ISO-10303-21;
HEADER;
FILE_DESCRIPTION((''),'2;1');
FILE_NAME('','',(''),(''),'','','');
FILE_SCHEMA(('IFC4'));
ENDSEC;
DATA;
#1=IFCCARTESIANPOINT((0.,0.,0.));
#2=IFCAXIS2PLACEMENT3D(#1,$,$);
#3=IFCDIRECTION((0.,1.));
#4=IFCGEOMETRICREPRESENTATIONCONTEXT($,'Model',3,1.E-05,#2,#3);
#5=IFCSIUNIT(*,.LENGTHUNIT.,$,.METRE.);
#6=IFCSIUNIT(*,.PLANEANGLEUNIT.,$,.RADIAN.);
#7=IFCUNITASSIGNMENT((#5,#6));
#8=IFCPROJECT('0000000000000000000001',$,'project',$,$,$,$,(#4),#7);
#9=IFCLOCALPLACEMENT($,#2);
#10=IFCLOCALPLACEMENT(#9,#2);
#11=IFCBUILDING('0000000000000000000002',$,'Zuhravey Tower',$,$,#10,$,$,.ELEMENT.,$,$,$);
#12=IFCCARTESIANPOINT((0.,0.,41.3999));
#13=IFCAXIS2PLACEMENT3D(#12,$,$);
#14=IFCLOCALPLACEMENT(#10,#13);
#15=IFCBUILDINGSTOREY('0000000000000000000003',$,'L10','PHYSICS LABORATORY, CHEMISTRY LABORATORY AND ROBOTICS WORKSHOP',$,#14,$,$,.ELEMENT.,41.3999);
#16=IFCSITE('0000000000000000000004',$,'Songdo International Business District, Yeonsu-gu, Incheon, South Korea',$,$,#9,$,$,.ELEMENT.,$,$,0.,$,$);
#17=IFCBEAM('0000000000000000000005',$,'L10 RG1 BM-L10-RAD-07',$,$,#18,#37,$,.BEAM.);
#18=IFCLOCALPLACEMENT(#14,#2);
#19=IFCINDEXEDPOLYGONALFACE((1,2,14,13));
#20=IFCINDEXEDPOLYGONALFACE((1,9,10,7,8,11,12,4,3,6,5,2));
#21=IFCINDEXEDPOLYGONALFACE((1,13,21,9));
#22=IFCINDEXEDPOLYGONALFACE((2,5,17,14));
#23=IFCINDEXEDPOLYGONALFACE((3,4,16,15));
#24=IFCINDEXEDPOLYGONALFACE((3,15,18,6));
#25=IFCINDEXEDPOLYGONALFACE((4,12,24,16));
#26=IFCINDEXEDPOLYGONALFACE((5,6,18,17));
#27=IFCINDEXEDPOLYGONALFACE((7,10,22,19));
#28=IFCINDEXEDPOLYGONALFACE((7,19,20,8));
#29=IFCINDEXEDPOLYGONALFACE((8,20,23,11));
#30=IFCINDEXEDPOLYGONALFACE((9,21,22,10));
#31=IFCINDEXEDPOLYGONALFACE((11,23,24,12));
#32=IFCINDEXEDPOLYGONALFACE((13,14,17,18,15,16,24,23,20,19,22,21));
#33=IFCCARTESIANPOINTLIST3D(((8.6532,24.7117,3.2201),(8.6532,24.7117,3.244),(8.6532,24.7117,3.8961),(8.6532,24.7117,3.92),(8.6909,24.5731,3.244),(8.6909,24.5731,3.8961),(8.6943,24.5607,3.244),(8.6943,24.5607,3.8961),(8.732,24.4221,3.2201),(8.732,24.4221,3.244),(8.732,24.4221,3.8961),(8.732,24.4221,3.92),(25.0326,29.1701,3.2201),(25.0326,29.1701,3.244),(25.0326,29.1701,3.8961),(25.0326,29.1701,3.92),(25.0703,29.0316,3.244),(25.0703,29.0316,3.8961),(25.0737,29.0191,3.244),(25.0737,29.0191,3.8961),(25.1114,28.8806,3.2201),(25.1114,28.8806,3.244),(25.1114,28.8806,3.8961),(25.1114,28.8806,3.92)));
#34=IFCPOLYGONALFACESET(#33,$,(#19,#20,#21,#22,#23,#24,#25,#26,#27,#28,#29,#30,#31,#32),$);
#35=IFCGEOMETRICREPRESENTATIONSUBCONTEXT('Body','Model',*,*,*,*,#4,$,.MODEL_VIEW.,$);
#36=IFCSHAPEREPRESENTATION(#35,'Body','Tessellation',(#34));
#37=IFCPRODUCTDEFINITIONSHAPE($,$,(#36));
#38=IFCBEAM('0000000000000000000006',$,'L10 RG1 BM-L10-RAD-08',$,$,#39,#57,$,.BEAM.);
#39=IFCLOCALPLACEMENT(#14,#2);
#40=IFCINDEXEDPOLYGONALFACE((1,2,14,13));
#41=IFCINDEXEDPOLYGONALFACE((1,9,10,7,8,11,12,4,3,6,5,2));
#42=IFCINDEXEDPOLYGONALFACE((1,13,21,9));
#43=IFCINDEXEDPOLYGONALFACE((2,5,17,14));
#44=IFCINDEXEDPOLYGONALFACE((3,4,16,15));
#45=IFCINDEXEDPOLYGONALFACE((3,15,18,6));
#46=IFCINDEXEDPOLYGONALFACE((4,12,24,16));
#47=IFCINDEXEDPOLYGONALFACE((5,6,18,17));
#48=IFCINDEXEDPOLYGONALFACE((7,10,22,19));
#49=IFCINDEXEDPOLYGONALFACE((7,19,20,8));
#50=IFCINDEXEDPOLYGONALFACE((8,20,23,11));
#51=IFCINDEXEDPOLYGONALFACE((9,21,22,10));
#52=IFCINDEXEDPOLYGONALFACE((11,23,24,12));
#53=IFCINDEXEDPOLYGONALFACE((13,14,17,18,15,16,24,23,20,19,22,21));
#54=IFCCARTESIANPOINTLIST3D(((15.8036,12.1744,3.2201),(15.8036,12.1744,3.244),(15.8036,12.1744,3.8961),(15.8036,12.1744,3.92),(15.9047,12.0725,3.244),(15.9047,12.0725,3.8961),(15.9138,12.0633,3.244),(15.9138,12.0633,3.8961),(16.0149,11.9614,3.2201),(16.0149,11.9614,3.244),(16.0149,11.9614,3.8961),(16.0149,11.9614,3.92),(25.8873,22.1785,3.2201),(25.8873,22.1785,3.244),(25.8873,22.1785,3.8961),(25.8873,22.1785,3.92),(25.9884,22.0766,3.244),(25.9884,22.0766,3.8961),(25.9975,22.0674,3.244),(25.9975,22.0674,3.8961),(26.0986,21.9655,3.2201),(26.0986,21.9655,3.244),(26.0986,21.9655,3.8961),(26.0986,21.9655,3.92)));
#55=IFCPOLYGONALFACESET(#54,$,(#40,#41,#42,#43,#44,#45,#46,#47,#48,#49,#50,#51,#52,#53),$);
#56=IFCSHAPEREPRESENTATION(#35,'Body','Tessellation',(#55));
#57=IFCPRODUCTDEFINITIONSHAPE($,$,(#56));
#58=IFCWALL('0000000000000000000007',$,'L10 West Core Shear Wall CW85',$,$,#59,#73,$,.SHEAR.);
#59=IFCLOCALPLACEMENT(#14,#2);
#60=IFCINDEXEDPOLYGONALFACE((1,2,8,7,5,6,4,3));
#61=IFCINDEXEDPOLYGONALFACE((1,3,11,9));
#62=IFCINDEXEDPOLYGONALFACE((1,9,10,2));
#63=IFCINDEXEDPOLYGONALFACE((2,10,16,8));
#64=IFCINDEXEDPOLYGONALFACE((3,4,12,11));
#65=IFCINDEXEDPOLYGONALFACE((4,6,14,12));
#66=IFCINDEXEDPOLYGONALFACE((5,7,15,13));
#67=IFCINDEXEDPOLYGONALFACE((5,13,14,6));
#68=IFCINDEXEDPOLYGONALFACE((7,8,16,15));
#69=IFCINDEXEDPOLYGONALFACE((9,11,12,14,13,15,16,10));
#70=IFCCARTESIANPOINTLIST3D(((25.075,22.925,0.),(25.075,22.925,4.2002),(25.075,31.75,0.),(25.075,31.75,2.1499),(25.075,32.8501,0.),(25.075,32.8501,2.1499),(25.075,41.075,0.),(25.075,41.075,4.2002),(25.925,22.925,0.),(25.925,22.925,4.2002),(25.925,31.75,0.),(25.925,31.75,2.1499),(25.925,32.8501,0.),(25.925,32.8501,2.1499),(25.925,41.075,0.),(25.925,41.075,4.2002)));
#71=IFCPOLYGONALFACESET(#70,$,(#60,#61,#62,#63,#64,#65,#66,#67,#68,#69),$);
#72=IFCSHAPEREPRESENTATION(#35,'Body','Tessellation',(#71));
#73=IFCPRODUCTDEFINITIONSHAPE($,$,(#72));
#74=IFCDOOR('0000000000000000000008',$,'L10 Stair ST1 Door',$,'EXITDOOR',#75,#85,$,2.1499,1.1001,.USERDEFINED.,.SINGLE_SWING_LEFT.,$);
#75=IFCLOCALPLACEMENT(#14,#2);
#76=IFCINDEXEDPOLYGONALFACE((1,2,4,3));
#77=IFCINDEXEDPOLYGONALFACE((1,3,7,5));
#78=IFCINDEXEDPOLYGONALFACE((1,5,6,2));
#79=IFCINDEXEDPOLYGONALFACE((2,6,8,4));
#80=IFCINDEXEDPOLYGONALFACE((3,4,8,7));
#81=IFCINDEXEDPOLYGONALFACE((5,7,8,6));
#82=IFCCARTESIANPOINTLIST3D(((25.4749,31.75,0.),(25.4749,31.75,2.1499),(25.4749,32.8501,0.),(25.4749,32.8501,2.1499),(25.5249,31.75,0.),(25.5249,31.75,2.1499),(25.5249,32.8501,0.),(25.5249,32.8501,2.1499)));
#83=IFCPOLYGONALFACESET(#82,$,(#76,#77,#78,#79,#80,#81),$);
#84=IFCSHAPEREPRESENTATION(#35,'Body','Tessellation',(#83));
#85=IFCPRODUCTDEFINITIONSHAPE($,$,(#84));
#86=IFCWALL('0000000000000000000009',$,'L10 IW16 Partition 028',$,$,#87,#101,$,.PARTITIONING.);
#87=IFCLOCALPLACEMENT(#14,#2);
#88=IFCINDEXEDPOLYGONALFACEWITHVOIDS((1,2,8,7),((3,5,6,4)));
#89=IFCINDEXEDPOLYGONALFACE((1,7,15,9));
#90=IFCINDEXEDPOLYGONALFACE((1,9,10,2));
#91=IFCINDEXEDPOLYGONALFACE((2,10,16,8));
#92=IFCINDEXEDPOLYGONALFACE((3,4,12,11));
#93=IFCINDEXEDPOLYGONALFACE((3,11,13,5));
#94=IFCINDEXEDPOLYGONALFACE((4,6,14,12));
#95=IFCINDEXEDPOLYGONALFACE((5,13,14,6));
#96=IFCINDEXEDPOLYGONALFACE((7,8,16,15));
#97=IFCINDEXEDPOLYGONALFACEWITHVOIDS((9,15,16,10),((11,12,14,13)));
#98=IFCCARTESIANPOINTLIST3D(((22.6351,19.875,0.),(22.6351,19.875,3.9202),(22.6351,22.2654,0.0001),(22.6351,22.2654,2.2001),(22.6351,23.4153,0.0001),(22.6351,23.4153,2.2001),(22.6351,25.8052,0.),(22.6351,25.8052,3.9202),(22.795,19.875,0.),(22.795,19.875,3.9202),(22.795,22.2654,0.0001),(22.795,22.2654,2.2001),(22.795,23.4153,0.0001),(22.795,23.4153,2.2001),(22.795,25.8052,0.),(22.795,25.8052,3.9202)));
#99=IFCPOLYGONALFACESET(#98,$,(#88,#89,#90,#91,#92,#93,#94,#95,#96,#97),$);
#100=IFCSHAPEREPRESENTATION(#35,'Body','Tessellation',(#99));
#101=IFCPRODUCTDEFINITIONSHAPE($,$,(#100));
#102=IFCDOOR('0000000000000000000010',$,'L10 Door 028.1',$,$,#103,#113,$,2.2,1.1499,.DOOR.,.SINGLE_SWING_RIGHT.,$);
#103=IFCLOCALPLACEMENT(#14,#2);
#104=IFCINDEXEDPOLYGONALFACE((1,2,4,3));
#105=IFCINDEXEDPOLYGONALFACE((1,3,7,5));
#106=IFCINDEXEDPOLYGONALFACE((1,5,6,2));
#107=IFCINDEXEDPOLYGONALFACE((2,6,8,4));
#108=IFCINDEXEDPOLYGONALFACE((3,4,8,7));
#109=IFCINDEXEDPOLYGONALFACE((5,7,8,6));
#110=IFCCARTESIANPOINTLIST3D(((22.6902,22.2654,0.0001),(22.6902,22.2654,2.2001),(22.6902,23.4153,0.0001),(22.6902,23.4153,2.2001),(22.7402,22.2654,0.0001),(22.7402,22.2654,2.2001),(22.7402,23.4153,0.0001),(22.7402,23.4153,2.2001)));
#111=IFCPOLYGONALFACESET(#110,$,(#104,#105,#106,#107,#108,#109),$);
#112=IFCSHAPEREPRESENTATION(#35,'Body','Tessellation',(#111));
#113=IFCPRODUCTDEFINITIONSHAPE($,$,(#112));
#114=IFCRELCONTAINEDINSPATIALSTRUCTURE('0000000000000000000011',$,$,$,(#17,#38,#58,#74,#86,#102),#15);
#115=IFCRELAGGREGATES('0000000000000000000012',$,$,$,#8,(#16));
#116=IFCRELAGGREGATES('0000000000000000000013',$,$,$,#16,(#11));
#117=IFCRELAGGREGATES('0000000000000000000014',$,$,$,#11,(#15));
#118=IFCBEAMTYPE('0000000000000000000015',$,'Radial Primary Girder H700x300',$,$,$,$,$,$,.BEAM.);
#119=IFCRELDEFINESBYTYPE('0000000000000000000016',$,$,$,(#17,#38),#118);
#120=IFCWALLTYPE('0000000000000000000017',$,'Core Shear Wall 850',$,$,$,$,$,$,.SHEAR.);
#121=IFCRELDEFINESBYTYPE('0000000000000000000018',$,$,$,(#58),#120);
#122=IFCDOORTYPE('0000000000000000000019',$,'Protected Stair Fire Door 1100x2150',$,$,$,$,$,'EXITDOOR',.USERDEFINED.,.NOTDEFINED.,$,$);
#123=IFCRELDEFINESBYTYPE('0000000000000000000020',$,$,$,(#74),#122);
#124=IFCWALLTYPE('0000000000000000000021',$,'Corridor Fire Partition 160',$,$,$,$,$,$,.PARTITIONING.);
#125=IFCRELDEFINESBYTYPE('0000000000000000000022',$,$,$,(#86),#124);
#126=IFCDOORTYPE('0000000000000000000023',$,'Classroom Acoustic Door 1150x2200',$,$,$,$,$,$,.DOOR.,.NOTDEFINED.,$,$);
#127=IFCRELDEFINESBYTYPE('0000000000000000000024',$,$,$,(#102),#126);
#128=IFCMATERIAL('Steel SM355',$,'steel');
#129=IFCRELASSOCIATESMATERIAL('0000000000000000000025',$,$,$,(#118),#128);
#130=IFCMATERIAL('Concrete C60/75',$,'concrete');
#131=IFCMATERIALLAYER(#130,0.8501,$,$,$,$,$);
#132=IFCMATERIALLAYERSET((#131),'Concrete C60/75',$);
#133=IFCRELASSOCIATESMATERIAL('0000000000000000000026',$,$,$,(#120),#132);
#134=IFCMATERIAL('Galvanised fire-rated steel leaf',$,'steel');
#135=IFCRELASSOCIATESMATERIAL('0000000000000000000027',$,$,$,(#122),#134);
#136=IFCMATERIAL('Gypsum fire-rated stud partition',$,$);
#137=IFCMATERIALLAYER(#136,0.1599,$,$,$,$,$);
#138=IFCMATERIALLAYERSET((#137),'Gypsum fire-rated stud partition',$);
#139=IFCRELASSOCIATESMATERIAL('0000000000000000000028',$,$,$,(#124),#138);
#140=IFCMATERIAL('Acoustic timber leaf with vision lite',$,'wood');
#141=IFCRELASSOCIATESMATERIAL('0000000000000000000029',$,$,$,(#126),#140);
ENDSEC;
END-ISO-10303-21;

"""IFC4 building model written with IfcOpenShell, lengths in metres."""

from ifc_helpers import new_model, si_unit, direction, frame, frame_2d, origin, origin_2d, place, context, subcontext, project, spatial, rectangle, i_section, extrude, material, layer, layer_set, material_profile, profile_set, type_object, element, fill, save


model = new_model("IFC4")

# Units and contexts
model_context = context("Model", 3, precision=1e-05, world=origin(), true_north=direction((0.0, 1.0)))
body_context = subcontext(model_context, "Body", "Model", "MODEL_VIEW")
ifc_project = project(units=[si_unit("LENGTHUNIT", "METRE"), si_unit("PLANEANGLEUNIT", "RADIAN")], contexts=[model_context])

# Site, building, storey
site_placement = place(None, origin())
site = spatial("IfcSite", under=ifc_project, at=site_placement, Name="Songdo International Business District, Yeonsu-gu, Incheon, South Korea", CompositionType="ELEMENT", RefElevation=0.0)
building_placement = place(site_placement, origin())
building = spatial("IfcBuilding", under=site, at=building_placement, Name="Zuhravey Tower", CompositionType="ELEMENT")
storey_placement = place(building_placement, frame((0.0, 0.0, 41.3999)))
storey = spatial("IfcBuildingStorey", under=building, at=storey_placement, Name="L10", Description="PHYSICS LABORATORY, CHEMISTRY LABORATORY AND ROBOTICS WORKSHOP", CompositionType="ELEMENT", Elevation=41.3999)

# Beams
ifc_material_1 = material(Name="Steel SM355", Category="steel")
ifc_material_profile = material_profile(ifc_material_1, i_section(OverallWidth=0.3, OverallDepth=0.7, WebThickness=0.0129, FlangeThickness=0.0239, at=origin_2d()), Name="H-700x300x13x24")
ifc_profile_set = profile_set([ifc_material_profile], Name="Steel SM355")
beam_type = type_object("IfcBeamType", Name="Radial Primary Girder H700x300", PredefinedType="BEAM", material=ifc_profile_set)
beam_1_placement = place(storey_placement, frame((25.072, 29.0254, 3.5701), z_axis=(-0.964892, -0.262645, 0.0), x_axis=(0.262645, -0.964892, 0.0)))
element("IfcBeam", 1, at=beam_1_placement, inside=storey, type_object=beam_type, Name="L10 RG1 BM-L10-RAD-07", PredefinedType="BEAM", context=body_context, shape_type="SweptSolid", body=[
    extrude(i_section(OverallWidth=0.3, OverallDepth=0.7, WebThickness=0.0129, FlangeThickness=0.0239, at=origin_2d()), origin(), (0.0, 0.0, 1.0), 16.9753),
])
beam_2_placement = place(storey_placement, frame((25.9929, 22.072, 3.5701), z_axis=(-0.709903, -0.7043, 0.0), x_axis=(0.7043, -0.709903, 0.0)))
element("IfcBeam", 2, at=beam_2_placement, inside=storey, type_object=beam_type, Name="L10 RG1 BM-L10-RAD-08", PredefinedType="BEAM", context=body_context, shape_type="SweptSolid", body=[
    extrude(i_section(OverallWidth=0.3, OverallDepth=0.7, WebThickness=0.0129, FlangeThickness=0.0239, at=origin_2d()), origin(), (0.0, 0.0, 1.0), 14.2043),
])

# Walls, openings, doors
ifc_material_2 = material(Name="Concrete C60/75", Category="concrete")
ifc_layer_1 = layer(ifc_material_2, 0.8501)
ifc_layer_set_1 = layer_set([ifc_layer_1], Name="Concrete C60/75")
wall_type_1 = type_object("IfcWallType", Name="Core Shear Wall 850", PredefinedType="SHEAR", material=ifc_layer_set_1)
ifc_material_3 = material(Name="Galvanised fire-rated steel leaf", Category="steel")
wall_1_placement = place(storey_placement, frame((25.5, 22.925, 0.0), z_axis=(0.0, 0.0, 1.0), x_axis=(0.0, 1.0, 0.0)))
wall_1 = element("IfcWall", 3, at=wall_1_placement, inside=storey, type_object=wall_type_1, Name="L10 West Core Shear Wall CW85", PredefinedType="SHEAR", context=body_context, shape_type="SweptSolid", body=[
    extrude(rectangle(XDim=18.1499, YDim=0.8501, at=frame_2d((9.075, 0.0))), origin(), (0.0, 0.0, 1.0), 4.2002),
])
opening_1_placement = place(wall_1_placement, frame((8.825, 0.0, 0.0)))
opening_1 = element("IfcOpeningElement", 4, at=opening_1_placement, cuts=wall_1, PredefinedType="OPENING", context=body_context, shape_type="SweptSolid", body=[
    extrude(rectangle(XDim=1.1001, YDim=2.1499, at=frame_2d((0.55, 1.075))), frame((0.0, 0.437, 0.0), z_axis=(0.0, -1.0, 0.0), x_axis=(1.0, 0.0, 0.0)), (0.0, 0.0, 1.0), 0.874),
])
door_type_1 = type_object("IfcDoorType", Name="Protected Stair Fire Door 1100x2150", ElementType="EXITDOOR", OperationType="NOTDEFINED", PredefinedType="USERDEFINED", material=ifc_material_3)
door_1_placement = place(opening_1_placement, frame((1.1001, 0.0, 0.0), z_axis=(0.0, 0.0, 1.0), x_axis=(-1.0, 0.0, 0.0)))
door_1 = element("IfcDoor", 5, at=door_1_placement, inside=storey, type_object=door_type_1, Name="L10 Stair ST1 Door", ObjectType="EXITDOOR", OperationType="SINGLE_SWING_LEFT", OverallHeight=2.1499, OverallWidth=1.1001, PredefinedType="USERDEFINED", context=body_context, shape_type="SweptSolid", body=[
    extrude(rectangle(XDim=1.1001, YDim=2.1499, at=frame_2d((0.55, 1.075))), frame((0.0, 0.0249, 0.0), z_axis=(0.0, -1.0, 0.0), x_axis=(1.0, 0.0, 0.0)), (0.0, 0.0, 1.0), 0.05),
])
fill(opening_1, door_1)
ifc_material_4 = material(Name="Gypsum fire-rated stud partition")
ifc_layer_2 = layer(ifc_material_4, 0.1599)
ifc_layer_set_2 = layer_set([ifc_layer_2], Name="Gypsum fire-rated stud partition")
wall_type_2 = type_object("IfcWallType", Name="Corridor Fire Partition 160", PredefinedType="PARTITIONING", material=ifc_layer_set_2)
wall_2_placement = place(storey_placement, frame((22.7151, 25.8052, 0.0), z_axis=(0.0, 0.0, 1.0), x_axis=(0.0, -1.0, 0.0)))
wall_2 = element("IfcWall", 6, at=wall_2_placement, inside=storey, type_object=wall_type_2, Name="L10 IW16 Partition 028", PredefinedType="PARTITIONING", context=body_context, shape_type="SweptSolid", body=[
    extrude(rectangle(XDim=5.9302, YDim=0.1599, at=frame_2d((2.9651, 0.0))), origin(), (0.0, 0.0, 1.0), 3.9202),
])
opening_2_placement = place(wall_2_placement, frame((2.3899, 0.0, 0.0)))
opening_2 = element("IfcOpeningElement", 7, at=opening_2_placement, cuts=wall_2, PredefinedType="OPENING", context=body_context, shape_type="SweptSolid", body=[
    extrude(rectangle(XDim=1.1499, YDim=2.2, at=frame_2d((0.575, 1.1001))), frame((0.0, 0.092, 0.0), z_axis=(0.0, -1.0, 0.0), x_axis=(1.0, 0.0, 0.0)), (0.0, 0.0, 1.0), 0.1838),
])
ifc_material_5 = material(Name="Acoustic timber leaf with vision lite", Category="wood")
door_type_2 = type_object("IfcDoorType", Name="Classroom Acoustic Door 1150x2200", OperationType="NOTDEFINED", PredefinedType="DOOR", material=ifc_material_5)
door_2_placement = place(opening_2_placement, frame((1.1499, 0.0, 0.0), z_axis=(0.0, 0.0, 1.0), x_axis=(-1.0, 0.0, 0.0)))
door_2 = element("IfcDoor", 8, at=door_2_placement, inside=storey, type_object=door_type_2, Name="L10 Door 028.1", OperationType="SINGLE_SWING_RIGHT", OverallHeight=2.2, OverallWidth=1.1499, PredefinedType="DOOR", context=body_context, shape_type="SweptSolid", body=[
    extrude(rectangle(XDim=1.1499, YDim=2.2, at=frame_2d((0.575, 1.1001))), frame((0.0, 0.0249, 0.0), z_axis=(0.0, -1.0, 0.0), x_axis=(1.0, 0.0, 0.0)), (0.0, 0.0, 1.0), 0.05),
])
fill(opening_2, door_2)

save(model, "model.ifc")
